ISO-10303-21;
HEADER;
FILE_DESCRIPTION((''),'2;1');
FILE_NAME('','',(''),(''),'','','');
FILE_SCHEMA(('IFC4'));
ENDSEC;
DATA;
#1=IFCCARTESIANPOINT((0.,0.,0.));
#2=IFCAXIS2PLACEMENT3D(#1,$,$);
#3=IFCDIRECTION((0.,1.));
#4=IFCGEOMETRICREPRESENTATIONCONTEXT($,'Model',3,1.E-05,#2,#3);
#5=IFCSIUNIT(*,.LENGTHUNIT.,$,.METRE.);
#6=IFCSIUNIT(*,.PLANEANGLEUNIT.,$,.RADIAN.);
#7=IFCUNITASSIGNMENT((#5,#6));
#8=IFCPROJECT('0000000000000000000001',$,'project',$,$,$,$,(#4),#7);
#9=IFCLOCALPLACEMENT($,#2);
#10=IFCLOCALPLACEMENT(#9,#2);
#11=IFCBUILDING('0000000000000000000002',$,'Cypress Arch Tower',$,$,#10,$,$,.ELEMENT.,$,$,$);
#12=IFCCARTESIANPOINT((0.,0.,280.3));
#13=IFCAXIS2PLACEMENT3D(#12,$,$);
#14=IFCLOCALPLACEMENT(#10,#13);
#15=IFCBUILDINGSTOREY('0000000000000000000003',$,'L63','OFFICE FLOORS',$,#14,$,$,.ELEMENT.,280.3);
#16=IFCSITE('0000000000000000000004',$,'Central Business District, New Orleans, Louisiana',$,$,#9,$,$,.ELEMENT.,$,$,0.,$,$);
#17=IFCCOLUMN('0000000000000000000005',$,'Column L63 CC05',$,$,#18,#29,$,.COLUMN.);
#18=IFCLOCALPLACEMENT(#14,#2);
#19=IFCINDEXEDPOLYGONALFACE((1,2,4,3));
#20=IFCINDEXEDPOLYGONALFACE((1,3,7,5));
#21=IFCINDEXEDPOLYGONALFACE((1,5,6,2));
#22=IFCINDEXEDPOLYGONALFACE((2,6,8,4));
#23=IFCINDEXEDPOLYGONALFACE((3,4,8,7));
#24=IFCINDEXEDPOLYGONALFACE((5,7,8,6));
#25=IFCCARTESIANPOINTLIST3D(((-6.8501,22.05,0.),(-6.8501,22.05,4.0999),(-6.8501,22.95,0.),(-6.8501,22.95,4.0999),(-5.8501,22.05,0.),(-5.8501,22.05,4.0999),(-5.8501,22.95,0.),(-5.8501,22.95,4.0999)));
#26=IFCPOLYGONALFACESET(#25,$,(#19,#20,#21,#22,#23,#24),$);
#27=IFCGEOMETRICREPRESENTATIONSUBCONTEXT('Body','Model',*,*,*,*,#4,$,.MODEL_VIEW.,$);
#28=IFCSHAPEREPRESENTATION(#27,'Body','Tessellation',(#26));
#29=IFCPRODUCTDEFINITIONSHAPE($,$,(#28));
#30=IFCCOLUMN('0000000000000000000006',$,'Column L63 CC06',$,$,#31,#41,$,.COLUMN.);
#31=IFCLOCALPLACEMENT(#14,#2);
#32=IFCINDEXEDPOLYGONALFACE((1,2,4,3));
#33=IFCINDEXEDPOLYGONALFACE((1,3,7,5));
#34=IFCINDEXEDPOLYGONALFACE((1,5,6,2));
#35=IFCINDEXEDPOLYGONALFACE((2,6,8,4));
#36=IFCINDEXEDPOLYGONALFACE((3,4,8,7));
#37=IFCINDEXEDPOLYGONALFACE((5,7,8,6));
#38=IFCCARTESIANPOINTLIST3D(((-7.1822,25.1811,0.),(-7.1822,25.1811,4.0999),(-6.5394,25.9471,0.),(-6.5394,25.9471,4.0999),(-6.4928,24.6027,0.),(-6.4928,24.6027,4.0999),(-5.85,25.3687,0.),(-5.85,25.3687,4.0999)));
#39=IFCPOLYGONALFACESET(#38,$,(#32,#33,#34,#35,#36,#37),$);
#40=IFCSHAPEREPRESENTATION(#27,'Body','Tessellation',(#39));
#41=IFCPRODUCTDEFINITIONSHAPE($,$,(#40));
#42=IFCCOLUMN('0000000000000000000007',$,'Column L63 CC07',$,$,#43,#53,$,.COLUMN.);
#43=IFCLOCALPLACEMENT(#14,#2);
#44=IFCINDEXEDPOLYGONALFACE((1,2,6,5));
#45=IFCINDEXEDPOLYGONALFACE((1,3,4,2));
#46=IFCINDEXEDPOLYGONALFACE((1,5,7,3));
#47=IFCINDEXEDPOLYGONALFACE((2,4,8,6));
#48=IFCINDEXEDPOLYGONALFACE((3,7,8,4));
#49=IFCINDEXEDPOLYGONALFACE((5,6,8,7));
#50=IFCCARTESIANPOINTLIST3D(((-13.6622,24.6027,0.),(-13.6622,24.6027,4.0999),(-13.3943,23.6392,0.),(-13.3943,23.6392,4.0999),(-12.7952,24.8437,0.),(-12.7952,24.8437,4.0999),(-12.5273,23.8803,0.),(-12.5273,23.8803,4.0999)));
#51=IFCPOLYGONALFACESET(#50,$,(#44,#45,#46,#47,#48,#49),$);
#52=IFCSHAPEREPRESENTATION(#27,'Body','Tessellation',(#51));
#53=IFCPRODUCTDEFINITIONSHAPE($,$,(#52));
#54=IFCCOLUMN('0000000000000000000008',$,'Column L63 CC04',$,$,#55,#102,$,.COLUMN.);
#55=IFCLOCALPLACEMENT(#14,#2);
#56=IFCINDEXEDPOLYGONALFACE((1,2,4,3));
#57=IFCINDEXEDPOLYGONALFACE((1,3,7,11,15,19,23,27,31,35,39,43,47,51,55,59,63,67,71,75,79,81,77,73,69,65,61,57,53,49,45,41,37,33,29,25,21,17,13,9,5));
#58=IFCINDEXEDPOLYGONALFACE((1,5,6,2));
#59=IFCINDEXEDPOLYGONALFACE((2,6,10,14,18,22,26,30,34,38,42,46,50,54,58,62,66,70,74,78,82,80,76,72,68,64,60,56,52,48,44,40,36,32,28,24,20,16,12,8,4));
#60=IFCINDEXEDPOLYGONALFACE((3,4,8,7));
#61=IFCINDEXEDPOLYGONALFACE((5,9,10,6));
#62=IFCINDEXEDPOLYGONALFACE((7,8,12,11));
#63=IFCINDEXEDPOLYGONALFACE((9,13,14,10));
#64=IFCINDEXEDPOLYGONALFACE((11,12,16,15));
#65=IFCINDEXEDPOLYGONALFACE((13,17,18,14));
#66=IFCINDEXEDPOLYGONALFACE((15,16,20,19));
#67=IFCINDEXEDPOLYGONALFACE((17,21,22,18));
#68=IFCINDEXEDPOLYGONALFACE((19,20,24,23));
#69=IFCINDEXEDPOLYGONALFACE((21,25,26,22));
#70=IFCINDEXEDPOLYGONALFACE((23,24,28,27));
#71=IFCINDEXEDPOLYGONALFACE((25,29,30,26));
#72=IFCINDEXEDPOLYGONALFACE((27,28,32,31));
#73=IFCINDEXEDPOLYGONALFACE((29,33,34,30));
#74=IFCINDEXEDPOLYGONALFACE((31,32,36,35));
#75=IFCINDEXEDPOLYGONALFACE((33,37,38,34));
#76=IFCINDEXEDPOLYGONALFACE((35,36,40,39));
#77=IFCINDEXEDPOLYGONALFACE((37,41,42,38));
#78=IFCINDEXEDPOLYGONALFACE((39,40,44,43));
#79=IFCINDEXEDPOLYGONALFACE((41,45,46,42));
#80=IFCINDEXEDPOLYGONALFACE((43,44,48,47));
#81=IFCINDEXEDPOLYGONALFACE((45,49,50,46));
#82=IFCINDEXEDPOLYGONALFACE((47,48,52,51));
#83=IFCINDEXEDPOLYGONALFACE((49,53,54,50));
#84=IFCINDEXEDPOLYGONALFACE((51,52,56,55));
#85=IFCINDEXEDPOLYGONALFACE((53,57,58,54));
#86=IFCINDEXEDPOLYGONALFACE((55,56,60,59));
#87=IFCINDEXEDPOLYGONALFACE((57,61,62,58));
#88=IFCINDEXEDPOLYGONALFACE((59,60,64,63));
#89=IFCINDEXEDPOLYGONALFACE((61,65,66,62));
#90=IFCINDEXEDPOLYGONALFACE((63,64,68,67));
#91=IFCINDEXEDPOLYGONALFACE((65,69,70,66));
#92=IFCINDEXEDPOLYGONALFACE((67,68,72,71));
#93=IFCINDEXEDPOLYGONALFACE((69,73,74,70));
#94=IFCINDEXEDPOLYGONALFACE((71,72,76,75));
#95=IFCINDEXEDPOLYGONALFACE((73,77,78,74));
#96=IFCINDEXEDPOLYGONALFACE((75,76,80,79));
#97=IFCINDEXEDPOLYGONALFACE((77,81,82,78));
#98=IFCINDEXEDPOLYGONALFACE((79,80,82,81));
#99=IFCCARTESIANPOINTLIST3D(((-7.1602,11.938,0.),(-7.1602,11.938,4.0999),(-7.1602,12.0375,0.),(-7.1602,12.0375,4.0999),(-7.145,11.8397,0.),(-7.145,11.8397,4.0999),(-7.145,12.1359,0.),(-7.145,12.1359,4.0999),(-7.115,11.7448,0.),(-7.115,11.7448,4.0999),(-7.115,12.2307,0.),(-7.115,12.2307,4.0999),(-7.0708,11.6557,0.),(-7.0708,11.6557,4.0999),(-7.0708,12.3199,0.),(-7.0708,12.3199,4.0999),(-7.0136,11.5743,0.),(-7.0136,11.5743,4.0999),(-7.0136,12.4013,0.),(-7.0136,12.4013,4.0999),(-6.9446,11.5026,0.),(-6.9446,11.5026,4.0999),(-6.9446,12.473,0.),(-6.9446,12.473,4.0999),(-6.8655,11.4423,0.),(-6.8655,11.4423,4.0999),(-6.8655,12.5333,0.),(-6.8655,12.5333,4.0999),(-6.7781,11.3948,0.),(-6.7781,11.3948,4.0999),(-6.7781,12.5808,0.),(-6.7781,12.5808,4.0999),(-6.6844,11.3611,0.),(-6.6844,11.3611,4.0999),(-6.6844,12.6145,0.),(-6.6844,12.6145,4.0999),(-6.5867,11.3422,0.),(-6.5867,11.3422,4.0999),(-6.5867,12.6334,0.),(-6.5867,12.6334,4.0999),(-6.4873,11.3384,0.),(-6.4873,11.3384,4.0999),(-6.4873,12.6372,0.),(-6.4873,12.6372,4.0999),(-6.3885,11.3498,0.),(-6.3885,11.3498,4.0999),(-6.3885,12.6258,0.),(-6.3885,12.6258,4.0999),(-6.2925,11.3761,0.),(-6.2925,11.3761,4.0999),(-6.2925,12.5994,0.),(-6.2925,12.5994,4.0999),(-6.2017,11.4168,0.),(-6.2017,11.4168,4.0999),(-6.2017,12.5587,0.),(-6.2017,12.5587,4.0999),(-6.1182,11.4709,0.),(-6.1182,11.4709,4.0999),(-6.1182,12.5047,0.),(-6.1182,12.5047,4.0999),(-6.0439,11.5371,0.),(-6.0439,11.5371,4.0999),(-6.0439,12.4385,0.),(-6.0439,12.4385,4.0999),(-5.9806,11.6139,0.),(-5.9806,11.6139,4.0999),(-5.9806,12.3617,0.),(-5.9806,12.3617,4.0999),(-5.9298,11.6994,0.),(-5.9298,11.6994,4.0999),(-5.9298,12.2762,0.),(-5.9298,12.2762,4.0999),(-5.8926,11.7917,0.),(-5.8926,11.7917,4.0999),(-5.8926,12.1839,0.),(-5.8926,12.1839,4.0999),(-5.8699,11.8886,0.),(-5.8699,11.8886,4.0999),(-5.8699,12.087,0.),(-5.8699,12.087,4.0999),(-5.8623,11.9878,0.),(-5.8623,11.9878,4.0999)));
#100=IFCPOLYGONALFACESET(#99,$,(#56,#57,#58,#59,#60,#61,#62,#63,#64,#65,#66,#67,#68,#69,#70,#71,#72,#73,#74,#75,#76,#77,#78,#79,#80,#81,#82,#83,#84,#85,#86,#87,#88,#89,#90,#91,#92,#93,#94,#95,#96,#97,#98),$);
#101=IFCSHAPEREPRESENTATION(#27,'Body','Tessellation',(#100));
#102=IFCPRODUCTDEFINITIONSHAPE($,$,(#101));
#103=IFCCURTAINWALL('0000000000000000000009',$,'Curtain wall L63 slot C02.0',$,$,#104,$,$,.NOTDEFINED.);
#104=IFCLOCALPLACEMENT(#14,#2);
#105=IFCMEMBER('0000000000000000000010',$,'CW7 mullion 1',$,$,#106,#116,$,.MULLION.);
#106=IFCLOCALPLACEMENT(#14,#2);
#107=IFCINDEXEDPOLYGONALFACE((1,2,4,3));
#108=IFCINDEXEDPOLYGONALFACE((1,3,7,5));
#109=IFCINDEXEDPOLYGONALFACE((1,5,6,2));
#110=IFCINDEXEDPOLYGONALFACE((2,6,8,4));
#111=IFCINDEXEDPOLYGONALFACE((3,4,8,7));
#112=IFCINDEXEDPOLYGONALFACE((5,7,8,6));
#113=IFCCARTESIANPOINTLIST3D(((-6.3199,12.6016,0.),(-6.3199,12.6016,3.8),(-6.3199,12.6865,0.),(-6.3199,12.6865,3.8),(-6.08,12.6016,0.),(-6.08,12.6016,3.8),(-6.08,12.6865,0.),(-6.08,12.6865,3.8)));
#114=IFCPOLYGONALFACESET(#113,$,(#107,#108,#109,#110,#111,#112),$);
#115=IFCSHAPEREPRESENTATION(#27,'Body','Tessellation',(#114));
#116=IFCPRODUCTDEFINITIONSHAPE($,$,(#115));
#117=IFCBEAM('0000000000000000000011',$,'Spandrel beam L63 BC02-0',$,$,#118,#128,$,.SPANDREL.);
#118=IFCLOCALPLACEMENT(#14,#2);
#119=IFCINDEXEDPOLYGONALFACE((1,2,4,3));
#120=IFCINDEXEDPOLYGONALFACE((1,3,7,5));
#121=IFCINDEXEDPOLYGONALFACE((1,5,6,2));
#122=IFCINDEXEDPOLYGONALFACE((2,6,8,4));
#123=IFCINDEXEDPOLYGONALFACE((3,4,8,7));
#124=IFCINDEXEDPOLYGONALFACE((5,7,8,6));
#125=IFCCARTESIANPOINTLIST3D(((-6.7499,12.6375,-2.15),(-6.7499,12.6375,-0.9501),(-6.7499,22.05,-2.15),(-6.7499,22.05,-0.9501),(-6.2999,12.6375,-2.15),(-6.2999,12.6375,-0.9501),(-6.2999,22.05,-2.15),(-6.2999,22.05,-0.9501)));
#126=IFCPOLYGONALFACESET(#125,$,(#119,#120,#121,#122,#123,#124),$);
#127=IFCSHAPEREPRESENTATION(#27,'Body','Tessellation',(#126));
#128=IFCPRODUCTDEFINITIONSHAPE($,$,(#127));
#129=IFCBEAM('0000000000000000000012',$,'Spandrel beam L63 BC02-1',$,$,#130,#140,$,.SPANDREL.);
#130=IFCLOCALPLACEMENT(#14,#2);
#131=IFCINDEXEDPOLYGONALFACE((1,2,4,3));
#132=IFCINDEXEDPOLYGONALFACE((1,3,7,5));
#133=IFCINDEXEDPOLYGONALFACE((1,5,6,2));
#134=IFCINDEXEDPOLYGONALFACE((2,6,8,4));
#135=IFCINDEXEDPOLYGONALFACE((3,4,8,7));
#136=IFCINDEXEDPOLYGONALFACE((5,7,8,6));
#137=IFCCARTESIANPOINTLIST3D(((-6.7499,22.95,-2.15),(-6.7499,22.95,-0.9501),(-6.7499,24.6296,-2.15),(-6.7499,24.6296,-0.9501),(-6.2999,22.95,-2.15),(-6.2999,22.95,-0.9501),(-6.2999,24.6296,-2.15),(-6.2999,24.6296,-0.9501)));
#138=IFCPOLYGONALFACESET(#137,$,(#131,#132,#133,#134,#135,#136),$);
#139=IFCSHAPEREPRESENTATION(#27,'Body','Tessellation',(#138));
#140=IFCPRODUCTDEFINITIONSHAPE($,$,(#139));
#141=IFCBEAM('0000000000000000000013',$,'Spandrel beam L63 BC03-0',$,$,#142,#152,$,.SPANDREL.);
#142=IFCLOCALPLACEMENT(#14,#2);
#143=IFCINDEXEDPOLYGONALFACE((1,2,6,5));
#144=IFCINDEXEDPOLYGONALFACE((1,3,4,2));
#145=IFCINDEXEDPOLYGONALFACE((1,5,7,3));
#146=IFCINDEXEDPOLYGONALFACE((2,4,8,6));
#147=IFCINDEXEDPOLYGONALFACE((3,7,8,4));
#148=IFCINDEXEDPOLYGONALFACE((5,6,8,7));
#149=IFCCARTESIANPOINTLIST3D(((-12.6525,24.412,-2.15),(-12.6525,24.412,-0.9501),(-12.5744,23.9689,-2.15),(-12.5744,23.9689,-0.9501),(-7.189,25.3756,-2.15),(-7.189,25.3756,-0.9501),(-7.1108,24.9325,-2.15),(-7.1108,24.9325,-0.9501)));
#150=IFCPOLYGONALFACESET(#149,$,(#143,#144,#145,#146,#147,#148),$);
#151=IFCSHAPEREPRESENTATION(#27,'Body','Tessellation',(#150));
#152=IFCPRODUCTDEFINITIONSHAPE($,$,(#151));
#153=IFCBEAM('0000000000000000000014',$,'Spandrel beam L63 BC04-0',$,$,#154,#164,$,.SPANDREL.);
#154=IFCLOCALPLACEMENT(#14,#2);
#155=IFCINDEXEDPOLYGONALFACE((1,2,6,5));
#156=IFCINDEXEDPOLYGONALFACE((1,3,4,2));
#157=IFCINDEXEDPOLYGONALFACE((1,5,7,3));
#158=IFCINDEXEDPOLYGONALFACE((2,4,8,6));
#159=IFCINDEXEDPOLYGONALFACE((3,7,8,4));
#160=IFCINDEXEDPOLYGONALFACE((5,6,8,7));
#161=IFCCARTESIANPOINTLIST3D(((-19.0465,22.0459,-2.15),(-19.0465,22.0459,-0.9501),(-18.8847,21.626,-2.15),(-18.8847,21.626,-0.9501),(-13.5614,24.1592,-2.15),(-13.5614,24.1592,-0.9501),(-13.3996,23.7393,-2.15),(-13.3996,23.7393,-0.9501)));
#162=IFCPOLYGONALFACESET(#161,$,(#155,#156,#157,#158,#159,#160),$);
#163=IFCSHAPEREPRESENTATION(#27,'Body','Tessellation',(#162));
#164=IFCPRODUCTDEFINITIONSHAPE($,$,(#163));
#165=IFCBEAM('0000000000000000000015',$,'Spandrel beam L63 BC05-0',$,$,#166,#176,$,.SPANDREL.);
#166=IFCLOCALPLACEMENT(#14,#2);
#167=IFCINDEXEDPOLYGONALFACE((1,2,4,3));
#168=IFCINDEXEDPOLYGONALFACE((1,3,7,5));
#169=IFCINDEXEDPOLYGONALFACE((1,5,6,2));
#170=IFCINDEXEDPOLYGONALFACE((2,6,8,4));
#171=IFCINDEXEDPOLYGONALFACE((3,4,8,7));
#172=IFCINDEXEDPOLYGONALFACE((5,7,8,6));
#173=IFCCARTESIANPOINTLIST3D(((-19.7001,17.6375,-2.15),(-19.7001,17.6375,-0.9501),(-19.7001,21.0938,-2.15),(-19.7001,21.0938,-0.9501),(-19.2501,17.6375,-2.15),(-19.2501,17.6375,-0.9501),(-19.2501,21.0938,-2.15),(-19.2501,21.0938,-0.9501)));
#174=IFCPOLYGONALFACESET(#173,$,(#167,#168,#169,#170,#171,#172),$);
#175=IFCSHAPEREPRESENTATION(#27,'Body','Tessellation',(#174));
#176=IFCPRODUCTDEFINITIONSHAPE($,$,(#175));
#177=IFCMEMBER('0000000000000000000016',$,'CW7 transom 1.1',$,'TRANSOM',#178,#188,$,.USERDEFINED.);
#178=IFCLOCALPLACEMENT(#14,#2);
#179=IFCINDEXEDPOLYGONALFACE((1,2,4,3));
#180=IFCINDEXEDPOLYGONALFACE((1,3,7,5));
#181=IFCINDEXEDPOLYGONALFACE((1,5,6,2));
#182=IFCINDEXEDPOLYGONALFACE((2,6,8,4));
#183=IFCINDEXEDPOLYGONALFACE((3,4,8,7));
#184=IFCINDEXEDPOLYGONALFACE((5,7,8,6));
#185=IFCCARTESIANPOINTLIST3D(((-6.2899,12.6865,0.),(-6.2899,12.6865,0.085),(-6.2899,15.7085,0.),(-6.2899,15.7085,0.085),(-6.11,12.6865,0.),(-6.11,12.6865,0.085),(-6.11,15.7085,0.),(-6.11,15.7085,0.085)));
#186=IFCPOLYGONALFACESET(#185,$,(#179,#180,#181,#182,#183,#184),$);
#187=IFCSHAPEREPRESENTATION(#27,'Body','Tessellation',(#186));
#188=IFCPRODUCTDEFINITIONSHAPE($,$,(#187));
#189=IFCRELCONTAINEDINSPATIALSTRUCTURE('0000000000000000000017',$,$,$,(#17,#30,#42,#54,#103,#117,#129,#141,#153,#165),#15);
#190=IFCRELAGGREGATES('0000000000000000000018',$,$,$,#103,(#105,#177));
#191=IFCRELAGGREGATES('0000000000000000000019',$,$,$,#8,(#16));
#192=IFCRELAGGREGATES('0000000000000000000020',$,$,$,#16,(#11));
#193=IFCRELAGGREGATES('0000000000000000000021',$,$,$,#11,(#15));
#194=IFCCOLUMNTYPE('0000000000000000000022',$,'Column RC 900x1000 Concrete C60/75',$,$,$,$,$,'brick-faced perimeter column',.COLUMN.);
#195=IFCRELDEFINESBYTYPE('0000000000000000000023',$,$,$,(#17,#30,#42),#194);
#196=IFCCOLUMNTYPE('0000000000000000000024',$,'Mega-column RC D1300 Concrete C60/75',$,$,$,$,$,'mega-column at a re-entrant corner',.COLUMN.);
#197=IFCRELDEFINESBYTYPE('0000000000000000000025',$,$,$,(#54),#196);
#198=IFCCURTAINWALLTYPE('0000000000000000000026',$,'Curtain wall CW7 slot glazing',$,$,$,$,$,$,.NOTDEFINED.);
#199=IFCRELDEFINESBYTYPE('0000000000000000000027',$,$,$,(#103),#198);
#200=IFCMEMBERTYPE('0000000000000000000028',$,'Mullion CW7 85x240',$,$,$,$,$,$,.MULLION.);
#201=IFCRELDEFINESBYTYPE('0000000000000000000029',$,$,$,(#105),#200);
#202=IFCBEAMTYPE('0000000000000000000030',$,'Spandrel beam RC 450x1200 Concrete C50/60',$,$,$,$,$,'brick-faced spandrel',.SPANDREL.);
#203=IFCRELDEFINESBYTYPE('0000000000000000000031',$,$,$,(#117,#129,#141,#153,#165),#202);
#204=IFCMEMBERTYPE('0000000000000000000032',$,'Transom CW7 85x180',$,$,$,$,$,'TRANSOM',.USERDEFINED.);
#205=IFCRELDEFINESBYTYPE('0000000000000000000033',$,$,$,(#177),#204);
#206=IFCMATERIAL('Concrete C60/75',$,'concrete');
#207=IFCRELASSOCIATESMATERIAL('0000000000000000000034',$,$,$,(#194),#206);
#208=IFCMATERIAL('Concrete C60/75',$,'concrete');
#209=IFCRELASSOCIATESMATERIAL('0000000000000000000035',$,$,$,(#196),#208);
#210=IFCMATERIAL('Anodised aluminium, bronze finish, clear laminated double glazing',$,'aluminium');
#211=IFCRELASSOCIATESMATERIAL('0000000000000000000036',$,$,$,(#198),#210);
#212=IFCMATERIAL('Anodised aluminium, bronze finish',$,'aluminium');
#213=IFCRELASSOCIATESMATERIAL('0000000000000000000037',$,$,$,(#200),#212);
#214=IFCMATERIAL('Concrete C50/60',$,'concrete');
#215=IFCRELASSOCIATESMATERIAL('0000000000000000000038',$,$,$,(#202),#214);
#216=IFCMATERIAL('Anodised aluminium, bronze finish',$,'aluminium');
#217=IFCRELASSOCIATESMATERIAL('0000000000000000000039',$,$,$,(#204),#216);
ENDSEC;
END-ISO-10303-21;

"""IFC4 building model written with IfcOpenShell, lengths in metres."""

from ifc_helpers import new_model, si_unit, direction, frame, origin, origin_2d, place, context, subcontext, project, spatial, rectangle, circle, extrude, material, material_profile, profile_set, type_object, element, aggregate, save


model = new_model("IFC4")

# Units and contexts
model_context = context("Model", 3, precision=1e-05, world=origin(), true_north=direction((0.0, 1.0)))
body_context = subcontext(model_context, "Body", "Model", "MODEL_VIEW")
ifc_project = project(units=[si_unit("LENGTHUNIT", "METRE"), si_unit("PLANEANGLEUNIT", "RADIAN")], contexts=[model_context])

# Site, building, storey
site_placement = place(None, origin())
site = spatial("IfcSite", under=ifc_project, at=site_placement, Name="Central Business District, New Orleans, Louisiana", CompositionType="ELEMENT", RefElevation=0.0)
building_placement = place(site_placement, origin())
building = spatial("IfcBuilding", under=site, at=building_placement, Name="Cypress Arch Tower", CompositionType="ELEMENT")
storey_placement = place(building_placement, frame((0.0, 0.0, 280.3)))
storey = spatial("IfcBuildingStorey", under=building, at=storey_placement, Name="L63", Description="OFFICE FLOORS", CompositionType="ELEMENT", Elevation=280.3)

# Columns
ifc_material_1 = material(Name="Concrete C60/75", Category="concrete")
ifc_material_profile_1 = material_profile(ifc_material_1, rectangle(XDim=0.8999, YDim=1.0, at=origin_2d()), Name="RC 900x1000")
ifc_profile_set_1 = profile_set([ifc_material_profile_1], Name="Concrete C60/75")
column_type_1 = type_object("IfcColumnType", Name="Column RC 900x1000 Concrete C60/75", ElementType="brick-faced perimeter column", PredefinedType="COLUMN", material=ifc_profile_set_1)
for number, where, z_axis, x_axis, name in (
    (1, (-6.3501, 22.5, 0.0), (0.0, 0.0, 1.0), (0.0, 1.0, 0.0), "Column L63 CC05"),
    (2, (-6.5161, 25.2749, 0.0), (0.0, 0.0, 1.0), (-0.766064, 0.642765, 0.0), "Column L63 CC06"),
    (3, (-13.0947, 24.2415, 0.0), (0.0, 0.0, 1.0), (-0.963456, -0.267868, 0.0), "Column L63 CC07"),
):
    element("IfcColumn", number, at=place(storey_placement, frame(where, z_axis=z_axis, x_axis=x_axis)), inside=storey, type_object=column_type_1, Name=name, PredefinedType="COLUMN", context=body_context, shape_type="SweptSolid", body=[
        extrude(rectangle(XDim=0.8999, YDim=1.0, at=origin_2d()), origin(), (0.0, 0.0, 1.0), 4.0999),
    ])
ifc_material_2 = material(Name="Concrete C60/75", Category="concrete")
ifc_material_profile_2 = material_profile(ifc_material_2, circle(Radius=0.6499, at=origin_2d()), Name="RC D1300")
ifc_profile_set_2 = profile_set([ifc_material_profile_2], Name="Concrete C60/75")
column_type_2 = type_object("IfcColumnType", Name="Mega-column RC D1300 Concrete C60/75", ElementType="mega-column at a re-entrant corner", PredefinedType="COLUMN", material=ifc_profile_set_2)
column_placement = place(storey_placement, frame((-6.5122, 11.9878, 0.0), z_axis=(0.0, 0.0, 1.0), x_axis=(1.0, 0.0, 0.0)))
element("IfcColumn", 4, at=column_placement, inside=storey, type_object=column_type_2, Name="Column L63 CC04", PredefinedType="COLUMN", context=body_context, shape_type="SweptSolid", body=[
    extrude(circle(Radius=0.6499, at=origin_2d()), origin(), (0.0, 0.0, 1.0), 4.0999),
])

# Curtain wall, member
ifc_material_3 = material(Name="Anodised aluminium, bronze finish, clear laminated double glazing", Category="aluminium")
curtain_wall_type = type_object("IfcCurtainWallType", Name="Curtain wall CW7 slot glazing", PredefinedType="NOTDEFINED", material=ifc_material_3)
curtain_wall_placement = place(storey_placement, origin())
curtain_wall = element("IfcCurtainWall", 5, at=curtain_wall_placement, inside=storey, type_object=curtain_wall_type, Name="Curtain wall L63 slot C02.0", PredefinedType="NOTDEFINED")
ifc_material_4 = material(Name="Anodised aluminium, bronze finish", Category="aluminium")
ifc_material_profile_3 = material_profile(ifc_material_4, rectangle(XDim=0.24, YDim=0.085, at=origin_2d()), Name="Mullion 85x240")
ifc_profile_set_3 = profile_set([ifc_material_profile_3], Name="Anodised aluminium, bronze finish")
member_type_1 = type_object("IfcMemberType", Name="Mullion CW7 85x240", PredefinedType="MULLION", material=ifc_profile_set_3)
member_1_placement = place(storey_placement, frame((-6.2, 12.644, 0.0), z_axis=(0.0, 0.0, 1.0), x_axis=(-1.0, 0.0, 0.0)))
member_1 = element("IfcMember", 6, at=member_1_placement, type_object=member_type_1, Name="CW7 mullion 1", PredefinedType="MULLION", context=body_context, shape_type="SweptSolid", body=[
    extrude(rectangle(XDim=0.24, YDim=0.085, at=origin_2d()), origin(), (0.0, 0.0, 1.0), 3.8),
])

# Beams
ifc_material_5 = material(Name="Concrete C50/60", Category="concrete")
ifc_material_profile_4 = material_profile(ifc_material_5, rectangle(XDim=0.45, YDim=1.2, at=origin_2d()), Name="RC 450x1200")
ifc_profile_set_4 = profile_set([ifc_material_profile_4], Name="Concrete C50/60")
beam_type = type_object("IfcBeamType", Name="Spandrel beam RC 450x1200 Concrete C50/60", ElementType="brick-faced spandrel", PredefinedType="SPANDREL", material=ifc_profile_set_4)
beam_1_placement = place(storey_placement, frame((-6.5249, 12.6375, -1.55), z_axis=(0.0, 1.0, 0.0), x_axis=(-1.0, 0.0, 0.0)))
element("IfcBeam", 7, at=beam_1_placement, inside=storey, type_object=beam_type, Name="Spandrel beam L63 BC02-0", PredefinedType="SPANDREL", context=body_context, shape_type="SweptSolid", body=[
    extrude(rectangle(XDim=0.45, YDim=1.2, at=origin_2d()), origin(), (0.0, 0.0, 1.0), 9.4126),
])
beam_2_placement = place(storey_placement, frame((-6.5249, 22.95, -1.55), z_axis=(0.0, 1.0, 0.0), x_axis=(-1.0, 0.0, 0.0)))
element("IfcBeam", 8, at=beam_2_placement, inside=storey, type_object=beam_type, Name="Spandrel beam L63 BC02-1", PredefinedType="SPANDREL", context=body_context, shape_type="SweptSolid", body=[
    extrude(rectangle(XDim=0.45, YDim=1.2, at=origin_2d()), origin(), (0.0, 0.0, 1.0), 1.6797),
])
beam_3_placement = place(storey_placement, frame((-7.1499, 25.1541, -1.55), z_axis=(-0.9848, -0.17369, 0.0), x_axis=(0.17369, -0.9848, 0.0)))
element("IfcBeam", 9, at=beam_3_placement, inside=storey, type_object=beam_type, Name="Spandrel beam L63 BC03-0", PredefinedType="SPANDREL", context=body_context, shape_type="SweptSolid", body=[
    extrude(rectangle(XDim=0.45, YDim=1.2, at=origin_2d()), origin(), (0.0, 0.0, 1.0), 5.5479),
])
beam_4_placement = place(storey_placement, frame((-13.4805, 23.9492, -1.55), z_axis=(-0.933139, -0.359516, 0.0), x_axis=(0.359516, -0.933139, 0.0)))
element("IfcBeam", 10, at=beam_4_placement, inside=storey, type_object=beam_type, Name="Spandrel beam L63 BC04-0", PredefinedType="SPANDREL", context=body_context, shape_type="SweptSolid", body=[
    extrude(rectangle(XDim=0.45, YDim=1.2, at=origin_2d()), origin(), (0.0, 0.0, 1.0), 5.8782),
])
beam_5_placement = place(storey_placement, frame((-19.4751, 21.0938, -1.55), z_axis=(0.0, -1.0, 0.0), x_axis=(1.0, 0.0, 0.0)))
element("IfcBeam", 11, at=beam_5_placement, inside=storey, type_object=beam_type, Name="Spandrel beam L63 BC05-0", PredefinedType="SPANDREL", context=body_context, shape_type="SweptSolid", body=[
    extrude(rectangle(XDim=0.45, YDim=1.2, at=origin_2d()), origin(), (0.0, 0.0, 1.0), 3.4563),
])

# Member
ifc_material_6 = material(Name="Anodised aluminium, bronze finish", Category="aluminium")
ifc_material_profile_5 = material_profile(ifc_material_6, rectangle(XDim=0.1799, YDim=0.085, at=origin_2d()), Name="Transom 85x180")
ifc_profile_set_5 = profile_set([ifc_material_profile_5], Name="Anodised aluminium, bronze finish")
member_type_2 = type_object("IfcMemberType", Name="Transom CW7 85x180", ElementType="TRANSOM", PredefinedType="USERDEFINED", material=ifc_profile_set_5)
member_2_placement = place(storey_placement, frame((-6.2, 12.6865, 0.0425), z_axis=(0.0, 1.0, 0.0), x_axis=(-1.0, 0.0, 0.0)))
member_2 = element("IfcMember", 12, at=member_2_placement, type_object=member_type_2, Name="CW7 transom 1.1", ObjectType="TRANSOM", PredefinedType="USERDEFINED", context=body_context, shape_type="SweptSolid", body=[
    extrude(rectangle(XDim=0.1799, YDim=0.085, at=origin_2d()), origin(), (0.0, 0.0, 1.0), 3.022),
])
aggregate(curtain_wall, [member_1, member_2])

save(model, "model.ifc")
